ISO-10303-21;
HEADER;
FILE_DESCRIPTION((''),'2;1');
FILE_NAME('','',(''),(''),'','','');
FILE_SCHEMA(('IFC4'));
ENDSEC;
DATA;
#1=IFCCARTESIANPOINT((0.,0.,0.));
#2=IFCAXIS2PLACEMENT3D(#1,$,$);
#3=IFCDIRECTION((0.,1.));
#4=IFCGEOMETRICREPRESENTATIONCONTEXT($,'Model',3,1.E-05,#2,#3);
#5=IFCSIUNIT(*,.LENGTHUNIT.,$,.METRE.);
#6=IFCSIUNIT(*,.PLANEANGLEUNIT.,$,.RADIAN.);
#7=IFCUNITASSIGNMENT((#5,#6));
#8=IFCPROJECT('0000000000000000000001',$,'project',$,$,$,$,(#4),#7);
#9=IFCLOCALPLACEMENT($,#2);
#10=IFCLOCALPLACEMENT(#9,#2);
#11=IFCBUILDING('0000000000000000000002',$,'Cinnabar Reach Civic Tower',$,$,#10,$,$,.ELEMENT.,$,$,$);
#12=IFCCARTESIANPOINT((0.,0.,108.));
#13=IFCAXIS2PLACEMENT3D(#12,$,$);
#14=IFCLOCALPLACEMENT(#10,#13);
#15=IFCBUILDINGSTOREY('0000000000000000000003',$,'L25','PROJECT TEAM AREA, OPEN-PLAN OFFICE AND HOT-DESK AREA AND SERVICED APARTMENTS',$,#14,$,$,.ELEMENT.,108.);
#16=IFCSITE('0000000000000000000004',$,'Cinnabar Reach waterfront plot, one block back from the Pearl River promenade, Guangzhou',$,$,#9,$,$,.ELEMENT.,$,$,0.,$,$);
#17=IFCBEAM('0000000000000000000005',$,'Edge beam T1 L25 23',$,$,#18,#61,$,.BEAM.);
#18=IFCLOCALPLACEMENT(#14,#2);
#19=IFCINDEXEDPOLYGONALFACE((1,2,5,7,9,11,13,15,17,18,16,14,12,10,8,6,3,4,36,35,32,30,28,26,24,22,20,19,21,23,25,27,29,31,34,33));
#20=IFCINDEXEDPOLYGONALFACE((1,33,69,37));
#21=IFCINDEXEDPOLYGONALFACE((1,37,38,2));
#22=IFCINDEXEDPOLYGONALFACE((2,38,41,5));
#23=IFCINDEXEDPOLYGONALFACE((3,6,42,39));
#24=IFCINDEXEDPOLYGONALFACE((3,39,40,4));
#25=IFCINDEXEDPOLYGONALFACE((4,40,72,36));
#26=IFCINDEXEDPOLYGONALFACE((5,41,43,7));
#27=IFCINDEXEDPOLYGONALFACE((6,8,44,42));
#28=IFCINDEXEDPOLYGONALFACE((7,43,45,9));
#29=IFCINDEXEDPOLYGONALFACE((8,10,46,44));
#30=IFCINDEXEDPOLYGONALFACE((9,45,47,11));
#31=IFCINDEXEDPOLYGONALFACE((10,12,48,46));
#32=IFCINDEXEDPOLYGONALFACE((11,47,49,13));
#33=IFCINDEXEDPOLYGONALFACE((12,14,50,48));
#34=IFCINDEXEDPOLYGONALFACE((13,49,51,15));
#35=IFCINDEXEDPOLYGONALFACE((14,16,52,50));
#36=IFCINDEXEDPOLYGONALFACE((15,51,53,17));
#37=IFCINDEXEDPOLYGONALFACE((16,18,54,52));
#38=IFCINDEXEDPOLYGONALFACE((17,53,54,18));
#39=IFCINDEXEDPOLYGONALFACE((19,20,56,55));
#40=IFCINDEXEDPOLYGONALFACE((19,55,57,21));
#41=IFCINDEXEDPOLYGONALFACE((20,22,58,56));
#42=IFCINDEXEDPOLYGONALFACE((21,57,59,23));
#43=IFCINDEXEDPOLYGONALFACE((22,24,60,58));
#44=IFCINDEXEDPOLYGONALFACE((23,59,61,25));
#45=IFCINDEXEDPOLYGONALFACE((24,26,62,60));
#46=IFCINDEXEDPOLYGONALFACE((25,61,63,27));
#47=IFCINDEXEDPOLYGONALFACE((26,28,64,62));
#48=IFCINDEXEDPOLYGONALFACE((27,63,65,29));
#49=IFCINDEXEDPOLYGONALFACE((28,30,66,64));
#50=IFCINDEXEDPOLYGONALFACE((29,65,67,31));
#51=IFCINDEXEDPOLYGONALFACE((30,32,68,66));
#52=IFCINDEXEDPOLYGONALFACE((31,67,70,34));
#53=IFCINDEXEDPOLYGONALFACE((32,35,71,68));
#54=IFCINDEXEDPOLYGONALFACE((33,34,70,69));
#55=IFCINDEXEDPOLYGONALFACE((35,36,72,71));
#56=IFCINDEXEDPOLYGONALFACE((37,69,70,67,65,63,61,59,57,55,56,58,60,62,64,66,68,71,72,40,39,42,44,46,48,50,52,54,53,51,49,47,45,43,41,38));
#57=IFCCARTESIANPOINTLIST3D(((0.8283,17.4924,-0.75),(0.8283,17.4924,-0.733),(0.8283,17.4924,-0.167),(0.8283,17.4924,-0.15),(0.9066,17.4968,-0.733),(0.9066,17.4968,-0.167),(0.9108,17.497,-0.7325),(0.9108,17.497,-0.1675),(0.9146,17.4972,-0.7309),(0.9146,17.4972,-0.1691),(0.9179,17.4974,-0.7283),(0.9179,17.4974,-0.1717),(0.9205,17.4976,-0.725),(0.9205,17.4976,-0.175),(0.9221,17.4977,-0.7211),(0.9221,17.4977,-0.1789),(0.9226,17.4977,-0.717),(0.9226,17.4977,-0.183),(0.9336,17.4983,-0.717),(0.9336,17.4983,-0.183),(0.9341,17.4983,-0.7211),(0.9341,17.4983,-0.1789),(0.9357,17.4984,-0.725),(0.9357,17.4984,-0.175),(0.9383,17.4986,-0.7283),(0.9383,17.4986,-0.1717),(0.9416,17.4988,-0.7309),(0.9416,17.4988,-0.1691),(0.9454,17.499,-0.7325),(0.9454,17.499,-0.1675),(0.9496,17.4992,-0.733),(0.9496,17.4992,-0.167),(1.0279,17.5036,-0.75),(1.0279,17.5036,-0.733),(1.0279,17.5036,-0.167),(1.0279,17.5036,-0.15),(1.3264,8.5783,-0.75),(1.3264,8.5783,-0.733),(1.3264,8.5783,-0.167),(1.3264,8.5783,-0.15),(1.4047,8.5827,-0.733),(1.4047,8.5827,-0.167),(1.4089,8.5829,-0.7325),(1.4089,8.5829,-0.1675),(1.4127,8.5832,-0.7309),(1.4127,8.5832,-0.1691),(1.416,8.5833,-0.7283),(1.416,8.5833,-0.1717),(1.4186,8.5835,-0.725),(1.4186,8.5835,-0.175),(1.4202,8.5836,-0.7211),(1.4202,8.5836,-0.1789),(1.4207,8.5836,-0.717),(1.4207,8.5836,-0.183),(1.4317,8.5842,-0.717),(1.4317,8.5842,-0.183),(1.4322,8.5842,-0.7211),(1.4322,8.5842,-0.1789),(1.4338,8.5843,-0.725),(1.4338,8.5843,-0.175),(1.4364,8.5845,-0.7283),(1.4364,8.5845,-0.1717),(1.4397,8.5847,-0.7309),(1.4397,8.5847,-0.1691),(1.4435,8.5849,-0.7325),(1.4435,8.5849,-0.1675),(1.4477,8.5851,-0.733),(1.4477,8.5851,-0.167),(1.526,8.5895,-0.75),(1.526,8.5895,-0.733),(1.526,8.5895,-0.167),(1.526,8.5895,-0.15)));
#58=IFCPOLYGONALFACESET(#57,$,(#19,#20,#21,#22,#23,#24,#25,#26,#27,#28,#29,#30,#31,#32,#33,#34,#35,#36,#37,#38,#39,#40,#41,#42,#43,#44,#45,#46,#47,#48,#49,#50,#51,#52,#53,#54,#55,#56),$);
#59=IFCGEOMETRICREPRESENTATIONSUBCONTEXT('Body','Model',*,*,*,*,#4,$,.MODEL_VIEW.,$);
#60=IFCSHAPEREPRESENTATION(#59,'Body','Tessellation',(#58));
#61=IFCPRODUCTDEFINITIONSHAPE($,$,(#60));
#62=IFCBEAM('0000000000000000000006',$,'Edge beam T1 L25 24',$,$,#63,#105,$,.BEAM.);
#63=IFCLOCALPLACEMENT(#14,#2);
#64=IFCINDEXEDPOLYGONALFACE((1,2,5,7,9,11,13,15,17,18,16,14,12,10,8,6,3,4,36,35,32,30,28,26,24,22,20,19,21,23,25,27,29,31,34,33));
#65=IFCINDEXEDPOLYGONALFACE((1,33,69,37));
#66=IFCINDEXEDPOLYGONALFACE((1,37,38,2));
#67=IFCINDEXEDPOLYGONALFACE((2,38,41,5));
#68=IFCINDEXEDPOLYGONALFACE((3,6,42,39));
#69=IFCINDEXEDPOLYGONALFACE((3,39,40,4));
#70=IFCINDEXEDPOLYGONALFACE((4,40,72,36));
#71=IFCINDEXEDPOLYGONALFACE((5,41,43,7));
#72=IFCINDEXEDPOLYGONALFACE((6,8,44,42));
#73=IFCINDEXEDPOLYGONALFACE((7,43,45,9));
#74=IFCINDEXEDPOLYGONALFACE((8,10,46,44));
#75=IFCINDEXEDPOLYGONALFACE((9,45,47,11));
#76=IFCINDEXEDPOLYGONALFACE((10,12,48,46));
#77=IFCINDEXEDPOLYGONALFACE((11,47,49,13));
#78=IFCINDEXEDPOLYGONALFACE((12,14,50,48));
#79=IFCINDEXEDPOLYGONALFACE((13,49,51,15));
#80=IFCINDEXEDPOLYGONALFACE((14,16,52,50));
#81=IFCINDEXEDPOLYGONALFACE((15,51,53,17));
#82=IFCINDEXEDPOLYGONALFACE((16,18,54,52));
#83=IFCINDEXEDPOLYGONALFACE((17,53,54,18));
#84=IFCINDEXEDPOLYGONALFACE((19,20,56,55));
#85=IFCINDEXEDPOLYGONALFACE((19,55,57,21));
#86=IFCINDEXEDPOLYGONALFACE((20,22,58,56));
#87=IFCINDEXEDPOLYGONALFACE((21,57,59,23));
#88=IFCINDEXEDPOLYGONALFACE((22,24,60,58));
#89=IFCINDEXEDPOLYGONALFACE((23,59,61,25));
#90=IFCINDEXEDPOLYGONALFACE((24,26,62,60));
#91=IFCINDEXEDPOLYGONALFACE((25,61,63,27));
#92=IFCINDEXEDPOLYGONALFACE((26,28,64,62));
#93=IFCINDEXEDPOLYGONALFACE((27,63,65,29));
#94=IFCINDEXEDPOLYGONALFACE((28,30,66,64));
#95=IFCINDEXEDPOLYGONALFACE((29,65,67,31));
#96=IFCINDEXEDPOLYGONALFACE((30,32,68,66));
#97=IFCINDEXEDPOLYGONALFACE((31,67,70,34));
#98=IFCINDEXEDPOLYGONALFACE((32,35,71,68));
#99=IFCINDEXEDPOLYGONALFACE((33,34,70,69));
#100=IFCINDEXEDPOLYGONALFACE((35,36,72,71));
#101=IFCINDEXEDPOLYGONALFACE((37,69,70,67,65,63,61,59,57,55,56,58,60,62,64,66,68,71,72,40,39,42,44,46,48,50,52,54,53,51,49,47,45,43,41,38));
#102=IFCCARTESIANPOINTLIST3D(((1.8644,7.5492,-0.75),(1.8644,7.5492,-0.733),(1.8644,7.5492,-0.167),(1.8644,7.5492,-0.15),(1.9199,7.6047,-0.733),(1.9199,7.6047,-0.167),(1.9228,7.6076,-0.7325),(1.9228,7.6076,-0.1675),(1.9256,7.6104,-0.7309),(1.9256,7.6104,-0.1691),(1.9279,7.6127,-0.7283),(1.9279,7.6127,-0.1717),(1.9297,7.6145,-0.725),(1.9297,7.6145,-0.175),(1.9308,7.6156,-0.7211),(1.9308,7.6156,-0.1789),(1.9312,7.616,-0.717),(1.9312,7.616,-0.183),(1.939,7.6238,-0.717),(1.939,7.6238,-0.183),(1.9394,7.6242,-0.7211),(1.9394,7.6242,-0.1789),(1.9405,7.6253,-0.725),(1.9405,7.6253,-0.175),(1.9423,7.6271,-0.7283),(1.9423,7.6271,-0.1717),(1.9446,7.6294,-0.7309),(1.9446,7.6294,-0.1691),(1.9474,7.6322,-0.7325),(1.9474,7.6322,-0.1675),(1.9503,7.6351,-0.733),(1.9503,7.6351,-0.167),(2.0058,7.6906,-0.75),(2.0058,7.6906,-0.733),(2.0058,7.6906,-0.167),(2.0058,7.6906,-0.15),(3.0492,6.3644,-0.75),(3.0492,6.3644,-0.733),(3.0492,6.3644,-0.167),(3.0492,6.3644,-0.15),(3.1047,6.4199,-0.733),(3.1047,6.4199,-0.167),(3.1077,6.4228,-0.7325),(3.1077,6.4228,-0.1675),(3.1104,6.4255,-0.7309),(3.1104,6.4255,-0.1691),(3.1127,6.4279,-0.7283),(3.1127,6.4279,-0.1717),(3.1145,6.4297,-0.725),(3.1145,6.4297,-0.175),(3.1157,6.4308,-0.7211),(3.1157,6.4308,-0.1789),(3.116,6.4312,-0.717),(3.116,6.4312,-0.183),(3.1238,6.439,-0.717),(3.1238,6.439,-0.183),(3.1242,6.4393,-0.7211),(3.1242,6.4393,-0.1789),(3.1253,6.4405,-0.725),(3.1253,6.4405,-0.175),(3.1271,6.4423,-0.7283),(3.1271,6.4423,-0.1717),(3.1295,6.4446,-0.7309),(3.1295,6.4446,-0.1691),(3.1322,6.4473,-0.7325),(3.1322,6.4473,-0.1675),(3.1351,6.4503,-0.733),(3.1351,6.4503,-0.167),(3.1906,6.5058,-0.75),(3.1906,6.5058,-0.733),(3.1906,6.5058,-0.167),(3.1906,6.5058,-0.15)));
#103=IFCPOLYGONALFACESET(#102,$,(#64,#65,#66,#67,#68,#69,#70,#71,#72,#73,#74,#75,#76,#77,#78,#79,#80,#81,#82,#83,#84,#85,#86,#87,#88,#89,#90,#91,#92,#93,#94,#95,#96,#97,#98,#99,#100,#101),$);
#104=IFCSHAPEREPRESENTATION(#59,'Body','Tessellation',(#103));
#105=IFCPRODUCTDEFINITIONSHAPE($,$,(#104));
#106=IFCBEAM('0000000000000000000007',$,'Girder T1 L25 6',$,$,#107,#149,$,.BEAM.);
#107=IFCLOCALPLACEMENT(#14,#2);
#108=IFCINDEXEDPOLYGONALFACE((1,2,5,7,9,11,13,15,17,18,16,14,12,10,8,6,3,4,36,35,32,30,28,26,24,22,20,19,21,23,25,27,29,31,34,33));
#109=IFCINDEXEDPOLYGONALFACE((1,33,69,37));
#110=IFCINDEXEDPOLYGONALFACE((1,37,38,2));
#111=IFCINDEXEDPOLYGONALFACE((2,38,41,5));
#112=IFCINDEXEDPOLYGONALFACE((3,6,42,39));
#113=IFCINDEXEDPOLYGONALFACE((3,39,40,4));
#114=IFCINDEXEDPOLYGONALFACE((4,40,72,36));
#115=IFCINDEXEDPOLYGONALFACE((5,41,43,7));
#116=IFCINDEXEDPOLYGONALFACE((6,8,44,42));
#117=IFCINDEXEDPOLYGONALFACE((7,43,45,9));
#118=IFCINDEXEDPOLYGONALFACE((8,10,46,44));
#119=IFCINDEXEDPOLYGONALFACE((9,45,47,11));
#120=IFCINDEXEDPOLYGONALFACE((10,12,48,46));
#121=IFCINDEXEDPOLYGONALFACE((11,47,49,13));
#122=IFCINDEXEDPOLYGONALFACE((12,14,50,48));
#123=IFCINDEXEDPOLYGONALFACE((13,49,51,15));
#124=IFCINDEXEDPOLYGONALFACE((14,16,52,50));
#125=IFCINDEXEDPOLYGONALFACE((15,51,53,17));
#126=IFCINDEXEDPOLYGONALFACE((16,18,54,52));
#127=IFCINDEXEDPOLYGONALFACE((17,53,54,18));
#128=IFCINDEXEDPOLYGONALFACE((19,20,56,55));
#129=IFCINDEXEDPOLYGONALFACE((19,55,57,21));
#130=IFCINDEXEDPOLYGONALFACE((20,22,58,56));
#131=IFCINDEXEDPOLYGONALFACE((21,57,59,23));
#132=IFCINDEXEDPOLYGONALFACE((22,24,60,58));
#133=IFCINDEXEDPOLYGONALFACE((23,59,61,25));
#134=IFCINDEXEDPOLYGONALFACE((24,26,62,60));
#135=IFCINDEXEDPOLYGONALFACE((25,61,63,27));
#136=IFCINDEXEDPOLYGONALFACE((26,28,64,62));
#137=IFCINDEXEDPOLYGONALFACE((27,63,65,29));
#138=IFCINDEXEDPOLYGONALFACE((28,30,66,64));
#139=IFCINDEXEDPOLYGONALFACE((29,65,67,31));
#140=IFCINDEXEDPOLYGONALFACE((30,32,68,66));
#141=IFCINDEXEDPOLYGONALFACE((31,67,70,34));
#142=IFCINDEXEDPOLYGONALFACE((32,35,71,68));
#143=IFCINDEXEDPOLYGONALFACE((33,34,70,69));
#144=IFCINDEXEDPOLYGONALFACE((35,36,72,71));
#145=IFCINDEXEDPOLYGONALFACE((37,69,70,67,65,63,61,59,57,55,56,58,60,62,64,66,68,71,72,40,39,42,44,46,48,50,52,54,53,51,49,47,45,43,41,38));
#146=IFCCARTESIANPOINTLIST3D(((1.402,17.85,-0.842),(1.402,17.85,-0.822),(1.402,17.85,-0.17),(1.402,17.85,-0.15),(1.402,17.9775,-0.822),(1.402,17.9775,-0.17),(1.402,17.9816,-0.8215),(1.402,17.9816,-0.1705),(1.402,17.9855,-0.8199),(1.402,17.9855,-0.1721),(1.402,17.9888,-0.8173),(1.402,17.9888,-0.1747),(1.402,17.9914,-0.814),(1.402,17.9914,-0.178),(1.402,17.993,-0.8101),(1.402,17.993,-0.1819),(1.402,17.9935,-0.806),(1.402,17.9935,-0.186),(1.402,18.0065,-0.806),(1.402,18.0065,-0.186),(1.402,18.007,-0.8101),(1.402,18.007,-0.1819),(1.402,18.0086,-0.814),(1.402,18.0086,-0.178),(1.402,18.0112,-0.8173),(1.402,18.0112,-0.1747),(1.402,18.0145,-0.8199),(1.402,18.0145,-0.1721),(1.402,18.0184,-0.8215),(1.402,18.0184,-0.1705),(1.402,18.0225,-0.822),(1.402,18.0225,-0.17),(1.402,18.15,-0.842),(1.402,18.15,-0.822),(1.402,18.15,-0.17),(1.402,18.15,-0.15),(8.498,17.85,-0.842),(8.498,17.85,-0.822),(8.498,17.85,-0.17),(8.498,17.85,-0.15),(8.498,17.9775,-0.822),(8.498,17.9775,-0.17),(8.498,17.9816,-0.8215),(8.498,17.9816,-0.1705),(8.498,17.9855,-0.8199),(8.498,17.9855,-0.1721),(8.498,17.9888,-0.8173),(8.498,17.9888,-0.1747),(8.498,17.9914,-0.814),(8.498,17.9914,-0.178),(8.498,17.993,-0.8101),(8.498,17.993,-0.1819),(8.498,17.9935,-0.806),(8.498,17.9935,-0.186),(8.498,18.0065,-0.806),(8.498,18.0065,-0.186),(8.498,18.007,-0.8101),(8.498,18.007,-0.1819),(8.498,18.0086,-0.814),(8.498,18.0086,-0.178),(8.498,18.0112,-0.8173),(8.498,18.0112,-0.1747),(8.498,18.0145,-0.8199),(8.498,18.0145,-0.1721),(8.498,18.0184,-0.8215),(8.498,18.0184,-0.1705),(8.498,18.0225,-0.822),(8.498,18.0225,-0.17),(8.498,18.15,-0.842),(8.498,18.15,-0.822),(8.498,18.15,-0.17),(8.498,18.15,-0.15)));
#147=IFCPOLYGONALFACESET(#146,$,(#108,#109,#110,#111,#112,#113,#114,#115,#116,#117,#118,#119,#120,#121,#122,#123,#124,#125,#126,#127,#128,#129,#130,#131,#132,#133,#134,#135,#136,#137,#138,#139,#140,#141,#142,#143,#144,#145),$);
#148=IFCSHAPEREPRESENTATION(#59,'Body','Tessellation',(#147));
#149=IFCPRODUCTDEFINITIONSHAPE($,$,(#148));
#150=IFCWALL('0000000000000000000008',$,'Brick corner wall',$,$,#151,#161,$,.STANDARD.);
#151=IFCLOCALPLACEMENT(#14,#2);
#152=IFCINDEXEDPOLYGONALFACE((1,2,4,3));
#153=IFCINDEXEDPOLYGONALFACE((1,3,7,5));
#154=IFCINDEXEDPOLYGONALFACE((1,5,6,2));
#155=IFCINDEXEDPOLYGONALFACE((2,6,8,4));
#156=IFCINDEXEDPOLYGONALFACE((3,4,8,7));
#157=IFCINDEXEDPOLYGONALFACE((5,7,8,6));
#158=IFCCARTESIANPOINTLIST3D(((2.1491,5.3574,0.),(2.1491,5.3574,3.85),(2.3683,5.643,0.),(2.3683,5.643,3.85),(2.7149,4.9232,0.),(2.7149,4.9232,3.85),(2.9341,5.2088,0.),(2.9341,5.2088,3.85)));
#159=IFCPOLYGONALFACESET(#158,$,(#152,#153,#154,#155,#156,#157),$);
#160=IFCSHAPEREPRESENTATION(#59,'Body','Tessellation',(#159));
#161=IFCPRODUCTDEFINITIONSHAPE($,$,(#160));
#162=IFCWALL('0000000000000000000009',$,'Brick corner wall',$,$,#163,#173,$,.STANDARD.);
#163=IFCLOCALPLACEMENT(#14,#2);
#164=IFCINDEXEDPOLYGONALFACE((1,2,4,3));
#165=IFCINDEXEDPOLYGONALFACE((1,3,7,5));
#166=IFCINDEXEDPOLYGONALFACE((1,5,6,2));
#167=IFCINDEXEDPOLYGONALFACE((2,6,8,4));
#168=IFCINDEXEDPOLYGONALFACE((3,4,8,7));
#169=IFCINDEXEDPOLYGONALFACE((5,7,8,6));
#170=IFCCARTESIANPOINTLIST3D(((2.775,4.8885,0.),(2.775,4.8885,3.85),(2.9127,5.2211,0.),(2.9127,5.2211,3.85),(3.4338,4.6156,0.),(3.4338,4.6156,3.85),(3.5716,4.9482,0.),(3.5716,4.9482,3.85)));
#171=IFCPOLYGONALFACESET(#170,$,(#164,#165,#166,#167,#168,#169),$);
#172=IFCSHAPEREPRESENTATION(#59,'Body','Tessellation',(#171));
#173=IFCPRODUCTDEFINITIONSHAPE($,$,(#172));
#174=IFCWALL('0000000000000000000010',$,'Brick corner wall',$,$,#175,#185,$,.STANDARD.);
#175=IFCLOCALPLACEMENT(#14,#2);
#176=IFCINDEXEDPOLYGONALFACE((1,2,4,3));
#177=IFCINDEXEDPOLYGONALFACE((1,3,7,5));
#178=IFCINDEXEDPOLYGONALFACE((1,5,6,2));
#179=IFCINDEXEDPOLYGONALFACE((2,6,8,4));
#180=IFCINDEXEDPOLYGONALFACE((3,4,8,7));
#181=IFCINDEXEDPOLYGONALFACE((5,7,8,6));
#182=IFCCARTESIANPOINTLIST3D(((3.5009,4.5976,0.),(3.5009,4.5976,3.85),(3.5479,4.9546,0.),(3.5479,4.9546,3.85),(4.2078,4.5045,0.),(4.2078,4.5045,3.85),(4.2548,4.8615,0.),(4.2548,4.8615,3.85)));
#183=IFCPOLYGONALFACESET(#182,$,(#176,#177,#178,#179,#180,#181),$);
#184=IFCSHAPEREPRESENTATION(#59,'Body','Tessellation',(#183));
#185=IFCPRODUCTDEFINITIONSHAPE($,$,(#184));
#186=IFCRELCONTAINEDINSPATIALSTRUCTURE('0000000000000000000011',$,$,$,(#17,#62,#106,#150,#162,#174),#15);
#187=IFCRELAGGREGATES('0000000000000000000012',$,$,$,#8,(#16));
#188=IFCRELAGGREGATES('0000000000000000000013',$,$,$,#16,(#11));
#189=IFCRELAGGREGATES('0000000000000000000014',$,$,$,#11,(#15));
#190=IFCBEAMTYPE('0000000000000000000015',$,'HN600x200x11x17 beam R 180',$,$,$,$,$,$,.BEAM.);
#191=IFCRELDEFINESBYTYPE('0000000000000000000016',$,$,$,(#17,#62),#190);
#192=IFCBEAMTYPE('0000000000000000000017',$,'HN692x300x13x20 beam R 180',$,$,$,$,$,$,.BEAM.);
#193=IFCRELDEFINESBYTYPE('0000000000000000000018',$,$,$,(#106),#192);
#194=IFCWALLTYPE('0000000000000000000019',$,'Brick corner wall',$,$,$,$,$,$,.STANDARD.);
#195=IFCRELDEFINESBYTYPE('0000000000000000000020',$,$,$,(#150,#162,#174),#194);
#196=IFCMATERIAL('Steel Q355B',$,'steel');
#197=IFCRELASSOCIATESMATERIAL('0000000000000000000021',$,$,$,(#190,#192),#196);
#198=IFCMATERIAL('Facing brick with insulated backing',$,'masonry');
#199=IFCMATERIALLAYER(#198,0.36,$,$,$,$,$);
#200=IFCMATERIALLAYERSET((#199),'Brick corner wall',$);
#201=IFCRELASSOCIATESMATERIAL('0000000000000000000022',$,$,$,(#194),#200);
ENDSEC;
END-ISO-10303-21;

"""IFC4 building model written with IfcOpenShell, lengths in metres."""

from ifc_helpers import new_model, si_unit, direction, frame, frame_2d, origin, origin_2d, place, context, subcontext, project, spatial, rectangle, i_section, extrude, material, layer, layer_set, material_profile, profile_set, type_object, element, save


model = new_model("IFC4")

# Units and contexts
model_context = context("Model", 3, precision=1e-05, world=origin(), true_north=direction((0.0, 1.0)))
body_context = subcontext(model_context, "Body", "Model", "MODEL_VIEW")
ifc_project = project(units=[si_unit("LENGTHUNIT", "METRE"), si_unit("PLANEANGLEUNIT", "RADIAN")], contexts=[model_context])

# Site, building, storey
site_placement = place(None, origin())
site = spatial("IfcSite", under=ifc_project, at=site_placement, Name="Cinnabar Reach waterfront plot, one block back from the Pearl River promenade, Guangzhou", CompositionType="ELEMENT", RefElevation=0.0)
building_placement = place(site_placement, origin())
building = spatial("IfcBuilding", under=site, at=building_placement, Name="Cinnabar Reach Civic Tower", CompositionType="ELEMENT")
storey_placement = place(building_placement, frame((0.0, 0.0, 108.0)))
storey = spatial("IfcBuildingStorey", under=building, at=storey_placement, Name="L25", Description="PROJECT TEAM AREA, OPEN-PLAN OFFICE AND HOT-DESK AREA AND SERVICED APARTMENTS", CompositionType="ELEMENT", Elevation=108.0)

# Beams
ifc_material_1 = material(Name="Steel Q355B", Category="steel")
ifc_material_profile_1 = material_profile(ifc_material_1, i_section(OverallWidth=0.2, OverallDepth=0.6, WebThickness=0.011, FlangeThickness=0.017, FilletRadius=0.016, at=origin_2d()), Name="HN600x200x11x17")
ifc_profile_set_1 = profile_set([ifc_material_profile_1], Name="Steel Q355B")
beam_type_1 = type_object("IfcBeamType", Name="HN600x200x11x17 beam R 180", PredefinedType="BEAM", material=ifc_profile_set_1)
beam_1_placement = place(storey_placement, frame((0.9281, 17.498, -0.45), z_axis=(0.055791, -0.998442, 0.0), x_axis=(0.998442, 0.055791, 0.0)))
element("IfcBeam", 1, at=beam_1_placement, inside=storey, type_object=beam_type_1, Name="Edge beam T1 L25 23", PredefinedType="BEAM", context=body_context, shape_type="SweptSolid", body=[
    extrude(i_section(OverallWidth=0.2, OverallDepth=0.6, WebThickness=0.011, FlangeThickness=0.017, FilletRadius=0.016, at=origin_2d()), origin(), (0.0, 0.0, 1.0), 8.928),
])
beam_2_placement = place(storey_placement, frame((1.9351, 7.6199, -0.45), z_axis=(0.707107, -0.707107, 0.0), x_axis=(0.707107, 0.707107, 0.0)))
element("IfcBeam", 2, at=beam_2_placement, inside=storey, type_object=beam_type_1, Name="Edge beam T1 L25 24", PredefinedType="BEAM", context=body_context, shape_type="SweptSolid", body=[
    extrude(i_section(OverallWidth=0.2, OverallDepth=0.6, WebThickness=0.011, FlangeThickness=0.017, FilletRadius=0.016, at=origin_2d()), origin(), (0.0, 0.0, 1.0), 1.6756),
])
ifc_material_profile_2 = material_profile(ifc_material_1, i_section(OverallWidth=0.3, OverallDepth=0.692, WebThickness=0.013, FlangeThickness=0.02, FilletRadius=0.016, at=origin_2d()), Name="HN692x300x13x20")
ifc_profile_set_2 = profile_set([ifc_material_profile_2], Name="Steel Q355B")
beam_type_2 = type_object("IfcBeamType", Name="HN692x300x13x20 beam R 180", PredefinedType="BEAM", material=ifc_profile_set_2)
beam_3_placement = place(storey_placement, frame((1.402, 18.0, -0.496), z_axis=(1.0, 0.0, 0.0), x_axis=(0.0, 1.0, 0.0)))
element("IfcBeam", 3, at=beam_3_placement, inside=storey, type_object=beam_type_2, Name="Girder T1 L25 6", PredefinedType="BEAM", context=body_context, shape_type="SweptSolid", body=[
    extrude(i_section(OverallWidth=0.3, OverallDepth=0.692, WebThickness=0.013, FlangeThickness=0.02, FilletRadius=0.016, at=origin_2d()), origin(), (0.0, 0.0, 1.0), 7.096),
])

# Walls
ifc_material_2 = material(Name="Facing brick with insulated backing", Category="masonry")
ifc_layer_1 = layer(ifc_material_2, 0.36)
ifc_layer_set_1 = layer_set([ifc_layer_1], Name="Brick corner wall")
wall_type_1 = type_object("IfcWallType", Name="Brick corner wall", PredefinedType="STANDARD", material=ifc_layer_set_1)
wall_1_placement = place(storey_placement, frame((2.2587, 5.5002, 0.0), z_axis=(0.0, 0.0, 1.0), x_axis=(0.793322, -0.608802, 0.0)))
element("IfcWall", 4, at=wall_1_placement, inside=storey, type_object=wall_type_1, Name="Brick corner wall", PredefinedType="STANDARD", context=body_context, shape_type="SweptSolid", body=[
    extrude(rectangle(XDim=0.7132, YDim=0.36, at=frame_2d((0.3566, 0.0))), origin(), (0.0, 0.0, 1.0), 3.85),
])
for number, where, z_axis, x_axis, name in (
    (5, (2.8439, 5.0548, 0.0), (0.0, 0.0, 1.0), (0.923872, -0.382703, 0.0), "Brick corner wall"),
    (6, (3.5244, 4.7761, 0.0), (0.0, 0.0, 1.0), (0.991441, -0.130556, 0.0), "Brick corner wall"),
):
    element("IfcWall", number, at=place(storey_placement, frame(where, z_axis=z_axis, x_axis=x_axis)), inside=storey, type_object=wall_type_1, Name=name, PredefinedType="STANDARD", context=body_context, shape_type="SweptSolid", body=[
        extrude(rectangle(XDim=0.7131, YDim=0.36, at=frame_2d((0.3565, 0.0))), origin(), (0.0, 0.0, 1.0), 3.85),
    ])

save(model, "model.ifc")
